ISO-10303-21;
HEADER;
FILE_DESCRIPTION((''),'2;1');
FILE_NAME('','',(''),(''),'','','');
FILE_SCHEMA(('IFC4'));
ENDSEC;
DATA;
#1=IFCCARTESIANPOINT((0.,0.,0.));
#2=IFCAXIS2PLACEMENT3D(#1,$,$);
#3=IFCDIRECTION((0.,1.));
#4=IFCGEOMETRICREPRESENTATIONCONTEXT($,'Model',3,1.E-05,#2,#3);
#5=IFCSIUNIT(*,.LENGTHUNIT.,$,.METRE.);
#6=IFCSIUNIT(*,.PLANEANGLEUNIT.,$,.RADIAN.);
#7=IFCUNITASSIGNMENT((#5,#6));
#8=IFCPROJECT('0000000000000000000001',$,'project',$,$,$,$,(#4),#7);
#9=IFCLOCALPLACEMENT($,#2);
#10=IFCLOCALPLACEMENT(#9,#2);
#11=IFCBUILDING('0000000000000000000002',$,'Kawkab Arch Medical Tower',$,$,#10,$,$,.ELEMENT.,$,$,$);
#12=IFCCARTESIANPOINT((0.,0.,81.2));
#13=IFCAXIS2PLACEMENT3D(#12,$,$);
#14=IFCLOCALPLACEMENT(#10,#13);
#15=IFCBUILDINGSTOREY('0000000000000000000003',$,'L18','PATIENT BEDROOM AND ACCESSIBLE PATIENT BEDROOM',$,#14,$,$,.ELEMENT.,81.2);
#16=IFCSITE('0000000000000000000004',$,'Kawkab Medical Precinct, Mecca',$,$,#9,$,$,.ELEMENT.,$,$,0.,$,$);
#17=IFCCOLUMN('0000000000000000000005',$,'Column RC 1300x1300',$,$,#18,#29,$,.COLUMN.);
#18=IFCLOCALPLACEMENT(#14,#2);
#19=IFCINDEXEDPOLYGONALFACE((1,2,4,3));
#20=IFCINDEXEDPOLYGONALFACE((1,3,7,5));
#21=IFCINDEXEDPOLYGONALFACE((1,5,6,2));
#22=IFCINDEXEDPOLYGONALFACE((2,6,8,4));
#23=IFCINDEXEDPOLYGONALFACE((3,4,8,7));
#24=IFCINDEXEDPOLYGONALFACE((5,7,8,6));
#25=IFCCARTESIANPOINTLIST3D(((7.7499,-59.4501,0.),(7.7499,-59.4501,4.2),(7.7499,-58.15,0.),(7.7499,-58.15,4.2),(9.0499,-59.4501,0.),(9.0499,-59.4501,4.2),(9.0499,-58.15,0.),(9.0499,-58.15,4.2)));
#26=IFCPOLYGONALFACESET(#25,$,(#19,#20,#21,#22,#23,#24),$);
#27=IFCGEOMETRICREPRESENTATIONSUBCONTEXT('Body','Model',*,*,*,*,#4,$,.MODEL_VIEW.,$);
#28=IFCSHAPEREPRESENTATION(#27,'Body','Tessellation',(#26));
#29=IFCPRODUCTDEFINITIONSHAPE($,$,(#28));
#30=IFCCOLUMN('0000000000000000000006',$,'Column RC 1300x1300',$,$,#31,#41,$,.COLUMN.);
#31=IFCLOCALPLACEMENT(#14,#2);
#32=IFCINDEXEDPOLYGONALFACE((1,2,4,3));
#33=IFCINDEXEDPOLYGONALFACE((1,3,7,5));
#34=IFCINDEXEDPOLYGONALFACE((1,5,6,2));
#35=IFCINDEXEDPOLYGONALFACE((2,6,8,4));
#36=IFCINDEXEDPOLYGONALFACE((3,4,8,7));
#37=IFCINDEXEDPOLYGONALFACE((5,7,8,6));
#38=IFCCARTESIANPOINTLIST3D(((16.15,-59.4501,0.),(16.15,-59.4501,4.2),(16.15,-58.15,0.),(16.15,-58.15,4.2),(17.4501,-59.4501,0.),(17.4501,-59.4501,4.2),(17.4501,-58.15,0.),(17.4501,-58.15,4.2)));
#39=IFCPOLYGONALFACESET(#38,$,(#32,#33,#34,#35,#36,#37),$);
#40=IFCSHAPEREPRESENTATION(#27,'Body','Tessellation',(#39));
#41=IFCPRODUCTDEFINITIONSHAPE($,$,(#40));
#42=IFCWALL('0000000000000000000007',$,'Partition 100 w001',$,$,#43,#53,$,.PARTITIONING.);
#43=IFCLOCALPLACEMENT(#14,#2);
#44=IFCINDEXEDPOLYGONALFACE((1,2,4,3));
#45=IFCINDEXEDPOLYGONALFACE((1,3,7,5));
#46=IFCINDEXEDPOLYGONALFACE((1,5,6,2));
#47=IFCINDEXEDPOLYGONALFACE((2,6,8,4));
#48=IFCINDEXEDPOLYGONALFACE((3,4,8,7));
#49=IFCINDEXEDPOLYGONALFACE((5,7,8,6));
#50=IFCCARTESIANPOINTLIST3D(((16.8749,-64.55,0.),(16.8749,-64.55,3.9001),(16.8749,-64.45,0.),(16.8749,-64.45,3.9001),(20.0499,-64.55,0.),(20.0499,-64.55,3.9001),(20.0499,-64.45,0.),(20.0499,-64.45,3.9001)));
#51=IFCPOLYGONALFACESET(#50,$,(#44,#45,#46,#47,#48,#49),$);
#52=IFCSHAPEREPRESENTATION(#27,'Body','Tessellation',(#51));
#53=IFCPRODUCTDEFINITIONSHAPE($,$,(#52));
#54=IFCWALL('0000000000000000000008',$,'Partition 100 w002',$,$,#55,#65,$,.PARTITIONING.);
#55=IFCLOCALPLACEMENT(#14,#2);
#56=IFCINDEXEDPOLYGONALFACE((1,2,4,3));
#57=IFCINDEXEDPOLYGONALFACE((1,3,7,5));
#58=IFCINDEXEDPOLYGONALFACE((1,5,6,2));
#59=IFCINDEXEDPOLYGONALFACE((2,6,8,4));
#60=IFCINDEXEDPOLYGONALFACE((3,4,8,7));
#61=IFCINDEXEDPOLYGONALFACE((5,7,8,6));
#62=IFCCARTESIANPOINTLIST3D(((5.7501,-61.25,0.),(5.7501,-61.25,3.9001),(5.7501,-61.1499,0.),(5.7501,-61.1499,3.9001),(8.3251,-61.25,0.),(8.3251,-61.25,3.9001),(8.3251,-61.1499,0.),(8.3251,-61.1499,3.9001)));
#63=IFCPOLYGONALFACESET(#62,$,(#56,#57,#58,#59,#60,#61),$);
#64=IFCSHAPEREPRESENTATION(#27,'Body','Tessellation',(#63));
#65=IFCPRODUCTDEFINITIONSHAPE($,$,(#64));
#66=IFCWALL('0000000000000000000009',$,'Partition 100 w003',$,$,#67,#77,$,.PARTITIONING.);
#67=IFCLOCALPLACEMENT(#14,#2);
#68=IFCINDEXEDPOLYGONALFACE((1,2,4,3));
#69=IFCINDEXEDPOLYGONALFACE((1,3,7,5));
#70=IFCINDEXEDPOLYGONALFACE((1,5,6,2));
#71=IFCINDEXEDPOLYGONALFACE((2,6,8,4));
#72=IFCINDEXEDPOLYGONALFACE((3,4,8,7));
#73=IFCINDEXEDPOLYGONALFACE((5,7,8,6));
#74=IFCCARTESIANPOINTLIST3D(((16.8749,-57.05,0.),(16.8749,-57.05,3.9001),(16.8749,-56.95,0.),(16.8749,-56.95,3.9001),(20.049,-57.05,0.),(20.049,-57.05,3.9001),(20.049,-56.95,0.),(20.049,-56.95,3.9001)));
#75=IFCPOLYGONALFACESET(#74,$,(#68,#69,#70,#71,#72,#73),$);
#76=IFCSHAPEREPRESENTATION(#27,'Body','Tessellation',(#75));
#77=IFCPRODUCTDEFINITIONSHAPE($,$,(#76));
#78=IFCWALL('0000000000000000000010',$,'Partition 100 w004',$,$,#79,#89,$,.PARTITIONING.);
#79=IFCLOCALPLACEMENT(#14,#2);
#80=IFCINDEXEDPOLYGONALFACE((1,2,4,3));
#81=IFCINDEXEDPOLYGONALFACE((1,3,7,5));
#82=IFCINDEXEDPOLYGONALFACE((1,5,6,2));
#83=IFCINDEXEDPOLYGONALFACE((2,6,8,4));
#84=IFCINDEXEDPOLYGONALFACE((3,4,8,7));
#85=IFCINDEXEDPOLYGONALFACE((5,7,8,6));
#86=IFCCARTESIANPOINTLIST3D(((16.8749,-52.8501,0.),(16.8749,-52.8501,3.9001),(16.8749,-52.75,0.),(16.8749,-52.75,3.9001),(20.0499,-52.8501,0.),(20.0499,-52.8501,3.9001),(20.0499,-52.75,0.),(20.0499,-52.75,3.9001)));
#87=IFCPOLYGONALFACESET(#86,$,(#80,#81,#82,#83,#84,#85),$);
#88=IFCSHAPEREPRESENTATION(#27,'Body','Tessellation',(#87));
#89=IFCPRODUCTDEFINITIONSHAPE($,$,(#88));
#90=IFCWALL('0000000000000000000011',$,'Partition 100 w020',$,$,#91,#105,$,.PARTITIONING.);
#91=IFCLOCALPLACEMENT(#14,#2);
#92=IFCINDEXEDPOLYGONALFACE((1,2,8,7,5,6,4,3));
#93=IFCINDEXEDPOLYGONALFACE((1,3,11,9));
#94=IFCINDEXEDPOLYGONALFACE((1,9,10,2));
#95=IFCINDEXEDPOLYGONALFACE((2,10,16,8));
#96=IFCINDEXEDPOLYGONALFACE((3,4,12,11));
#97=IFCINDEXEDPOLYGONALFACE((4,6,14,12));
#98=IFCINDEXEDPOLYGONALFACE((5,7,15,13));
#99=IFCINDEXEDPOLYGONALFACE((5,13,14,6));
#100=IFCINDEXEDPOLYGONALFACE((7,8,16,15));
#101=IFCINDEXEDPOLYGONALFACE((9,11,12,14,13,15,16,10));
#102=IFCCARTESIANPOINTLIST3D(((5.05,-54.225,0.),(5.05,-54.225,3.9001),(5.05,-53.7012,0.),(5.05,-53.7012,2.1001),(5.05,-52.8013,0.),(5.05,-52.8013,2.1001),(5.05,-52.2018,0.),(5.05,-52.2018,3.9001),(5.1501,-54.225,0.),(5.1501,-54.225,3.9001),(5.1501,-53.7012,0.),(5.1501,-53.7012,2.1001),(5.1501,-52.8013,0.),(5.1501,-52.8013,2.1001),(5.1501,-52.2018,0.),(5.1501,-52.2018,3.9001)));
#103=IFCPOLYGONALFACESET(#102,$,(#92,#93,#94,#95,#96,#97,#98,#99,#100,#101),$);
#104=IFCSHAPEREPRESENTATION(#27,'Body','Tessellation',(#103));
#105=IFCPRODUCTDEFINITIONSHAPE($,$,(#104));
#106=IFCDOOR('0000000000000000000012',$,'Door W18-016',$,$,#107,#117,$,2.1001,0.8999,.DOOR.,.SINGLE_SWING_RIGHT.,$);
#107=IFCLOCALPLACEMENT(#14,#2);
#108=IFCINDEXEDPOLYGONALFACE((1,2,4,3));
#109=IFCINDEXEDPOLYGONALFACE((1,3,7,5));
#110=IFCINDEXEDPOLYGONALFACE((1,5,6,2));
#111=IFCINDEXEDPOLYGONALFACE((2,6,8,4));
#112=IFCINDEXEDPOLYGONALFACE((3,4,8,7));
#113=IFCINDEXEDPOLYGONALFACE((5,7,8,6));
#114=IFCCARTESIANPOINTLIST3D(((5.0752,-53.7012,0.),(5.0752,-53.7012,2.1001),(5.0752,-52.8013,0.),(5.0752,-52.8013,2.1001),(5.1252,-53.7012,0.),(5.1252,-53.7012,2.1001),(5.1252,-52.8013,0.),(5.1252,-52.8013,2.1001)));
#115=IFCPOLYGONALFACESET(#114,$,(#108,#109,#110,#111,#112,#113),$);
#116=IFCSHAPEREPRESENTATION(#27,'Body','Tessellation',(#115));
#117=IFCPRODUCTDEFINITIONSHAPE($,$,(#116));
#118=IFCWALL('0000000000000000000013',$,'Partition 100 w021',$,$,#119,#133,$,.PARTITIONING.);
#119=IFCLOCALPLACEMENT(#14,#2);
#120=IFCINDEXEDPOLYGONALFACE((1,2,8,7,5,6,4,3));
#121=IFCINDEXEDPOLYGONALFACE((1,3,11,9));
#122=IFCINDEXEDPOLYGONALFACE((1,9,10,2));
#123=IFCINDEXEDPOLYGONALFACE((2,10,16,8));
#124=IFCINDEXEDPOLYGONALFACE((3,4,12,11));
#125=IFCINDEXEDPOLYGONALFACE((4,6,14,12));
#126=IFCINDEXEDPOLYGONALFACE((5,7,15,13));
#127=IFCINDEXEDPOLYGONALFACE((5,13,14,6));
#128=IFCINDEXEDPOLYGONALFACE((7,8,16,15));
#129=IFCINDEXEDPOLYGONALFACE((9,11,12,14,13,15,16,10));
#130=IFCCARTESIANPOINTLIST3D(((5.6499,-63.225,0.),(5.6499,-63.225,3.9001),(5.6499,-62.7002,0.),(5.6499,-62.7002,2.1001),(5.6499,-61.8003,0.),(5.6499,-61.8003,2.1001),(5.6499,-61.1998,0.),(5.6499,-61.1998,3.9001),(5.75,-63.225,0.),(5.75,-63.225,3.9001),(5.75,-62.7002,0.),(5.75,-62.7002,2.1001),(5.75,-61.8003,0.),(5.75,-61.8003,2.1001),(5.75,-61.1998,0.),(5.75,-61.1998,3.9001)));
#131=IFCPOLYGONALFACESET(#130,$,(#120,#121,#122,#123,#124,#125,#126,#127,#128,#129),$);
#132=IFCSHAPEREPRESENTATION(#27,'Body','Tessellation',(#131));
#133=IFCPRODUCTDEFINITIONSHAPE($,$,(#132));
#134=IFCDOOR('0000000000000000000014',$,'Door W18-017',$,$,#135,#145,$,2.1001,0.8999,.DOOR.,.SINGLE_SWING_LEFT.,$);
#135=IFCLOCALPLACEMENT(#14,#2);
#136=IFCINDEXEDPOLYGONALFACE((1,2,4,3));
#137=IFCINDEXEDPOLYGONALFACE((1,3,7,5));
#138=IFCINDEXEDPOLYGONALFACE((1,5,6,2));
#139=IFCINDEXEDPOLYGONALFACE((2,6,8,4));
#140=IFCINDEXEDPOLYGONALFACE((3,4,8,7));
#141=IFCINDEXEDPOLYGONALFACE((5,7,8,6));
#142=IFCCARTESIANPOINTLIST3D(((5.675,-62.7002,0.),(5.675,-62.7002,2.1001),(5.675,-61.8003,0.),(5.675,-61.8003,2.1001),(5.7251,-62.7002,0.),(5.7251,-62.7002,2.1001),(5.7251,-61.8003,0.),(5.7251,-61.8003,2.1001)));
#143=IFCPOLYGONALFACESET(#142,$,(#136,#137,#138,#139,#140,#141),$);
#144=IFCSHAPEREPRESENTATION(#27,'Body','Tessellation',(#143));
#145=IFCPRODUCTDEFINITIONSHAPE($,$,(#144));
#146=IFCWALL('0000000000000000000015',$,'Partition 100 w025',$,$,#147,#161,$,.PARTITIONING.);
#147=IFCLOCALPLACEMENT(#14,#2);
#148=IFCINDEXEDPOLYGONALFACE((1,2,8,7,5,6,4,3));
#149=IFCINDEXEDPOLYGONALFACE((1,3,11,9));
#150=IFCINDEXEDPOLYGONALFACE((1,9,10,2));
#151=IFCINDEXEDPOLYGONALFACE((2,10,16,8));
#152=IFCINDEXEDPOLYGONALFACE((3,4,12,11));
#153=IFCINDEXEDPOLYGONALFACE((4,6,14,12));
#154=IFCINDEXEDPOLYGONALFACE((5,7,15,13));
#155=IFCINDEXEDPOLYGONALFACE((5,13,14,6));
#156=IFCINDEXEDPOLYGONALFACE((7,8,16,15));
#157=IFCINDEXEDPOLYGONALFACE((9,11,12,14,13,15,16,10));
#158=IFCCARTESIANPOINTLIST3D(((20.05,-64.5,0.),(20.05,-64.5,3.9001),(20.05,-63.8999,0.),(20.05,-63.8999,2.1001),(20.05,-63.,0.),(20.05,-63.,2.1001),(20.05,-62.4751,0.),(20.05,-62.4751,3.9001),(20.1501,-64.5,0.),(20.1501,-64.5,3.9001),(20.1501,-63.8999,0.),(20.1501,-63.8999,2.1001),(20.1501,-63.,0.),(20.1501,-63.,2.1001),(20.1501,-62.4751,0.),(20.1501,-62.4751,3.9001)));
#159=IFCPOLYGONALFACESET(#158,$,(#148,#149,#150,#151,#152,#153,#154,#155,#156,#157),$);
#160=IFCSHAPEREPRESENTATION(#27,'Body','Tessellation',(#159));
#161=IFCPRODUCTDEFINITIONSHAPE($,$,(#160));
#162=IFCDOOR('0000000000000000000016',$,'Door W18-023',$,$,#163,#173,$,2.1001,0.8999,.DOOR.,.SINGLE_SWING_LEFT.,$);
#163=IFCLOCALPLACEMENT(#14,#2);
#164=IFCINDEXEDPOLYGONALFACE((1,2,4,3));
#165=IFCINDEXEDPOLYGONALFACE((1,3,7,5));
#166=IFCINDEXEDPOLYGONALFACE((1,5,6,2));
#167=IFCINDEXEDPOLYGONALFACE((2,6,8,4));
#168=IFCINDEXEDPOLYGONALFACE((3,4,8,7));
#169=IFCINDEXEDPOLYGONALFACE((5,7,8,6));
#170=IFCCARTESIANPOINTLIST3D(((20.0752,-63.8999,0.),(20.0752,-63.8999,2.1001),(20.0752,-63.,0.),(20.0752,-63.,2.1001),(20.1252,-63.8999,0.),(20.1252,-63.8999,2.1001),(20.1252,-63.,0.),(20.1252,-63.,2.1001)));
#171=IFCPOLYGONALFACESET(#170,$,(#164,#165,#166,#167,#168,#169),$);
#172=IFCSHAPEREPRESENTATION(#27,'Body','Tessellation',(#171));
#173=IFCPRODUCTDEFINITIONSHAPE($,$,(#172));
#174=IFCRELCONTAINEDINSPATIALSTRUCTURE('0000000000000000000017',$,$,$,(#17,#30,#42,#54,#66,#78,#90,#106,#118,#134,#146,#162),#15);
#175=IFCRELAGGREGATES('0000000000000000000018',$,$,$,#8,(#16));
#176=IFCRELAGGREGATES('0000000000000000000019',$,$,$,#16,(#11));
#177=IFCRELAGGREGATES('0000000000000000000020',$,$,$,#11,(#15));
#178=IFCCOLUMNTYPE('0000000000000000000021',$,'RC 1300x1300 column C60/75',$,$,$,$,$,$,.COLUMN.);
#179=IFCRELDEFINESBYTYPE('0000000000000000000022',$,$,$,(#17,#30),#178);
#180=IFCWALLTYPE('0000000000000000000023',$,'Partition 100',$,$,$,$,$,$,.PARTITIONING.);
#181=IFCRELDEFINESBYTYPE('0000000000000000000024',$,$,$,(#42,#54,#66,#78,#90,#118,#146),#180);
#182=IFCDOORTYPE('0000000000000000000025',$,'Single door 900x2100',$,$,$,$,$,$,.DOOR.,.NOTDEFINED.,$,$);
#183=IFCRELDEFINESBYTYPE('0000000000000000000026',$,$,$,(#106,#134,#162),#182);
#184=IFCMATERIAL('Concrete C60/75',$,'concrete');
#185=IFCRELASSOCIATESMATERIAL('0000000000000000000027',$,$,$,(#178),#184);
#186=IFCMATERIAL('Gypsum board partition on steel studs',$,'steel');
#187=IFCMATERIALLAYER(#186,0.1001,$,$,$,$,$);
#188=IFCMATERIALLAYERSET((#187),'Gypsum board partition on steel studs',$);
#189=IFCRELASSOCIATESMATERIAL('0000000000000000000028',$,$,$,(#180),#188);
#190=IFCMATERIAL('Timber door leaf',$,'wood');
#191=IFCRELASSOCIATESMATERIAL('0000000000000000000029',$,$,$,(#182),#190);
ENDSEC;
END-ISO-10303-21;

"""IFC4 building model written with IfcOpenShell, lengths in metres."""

from ifc_helpers import new_model, si_unit, direction, frame, frame_2d, origin, origin_2d, place, context, subcontext, project, spatial, rectangle, extrude, material, layer, layer_set, material_profile, profile_set, type_object, element, fill, save


model = new_model("IFC4")

# Units and contexts
model_context = context("Model", 3, precision=1e-05, world=origin(), true_north=direction((0.0, 1.0)))
body_context = subcontext(model_context, "Body", "Model", "MODEL_VIEW")
ifc_project = project(units=[si_unit("LENGTHUNIT", "METRE"), si_unit("PLANEANGLEUNIT", "RADIAN")], contexts=[model_context])

# Site, building, storey
site_placement = place(None, origin())
site = spatial("IfcSite", under=ifc_project, at=site_placement, Name="Kawkab Medical Precinct, Mecca", CompositionType="ELEMENT", RefElevation=0.0)
building_placement = place(site_placement, origin())
building = spatial("IfcBuilding", under=site, at=building_placement, Name="Kawkab Arch Medical Tower", CompositionType="ELEMENT")
storey_placement = place(building_placement, frame((0.0, 0.0, 81.2)))
storey = spatial("IfcBuildingStorey", under=building, at=storey_placement, Name="L18", Description="PATIENT BEDROOM AND ACCESSIBLE PATIENT BEDROOM", CompositionType="ELEMENT", Elevation=81.2)

# Columns
ifc_material_1 = material(Name="Concrete C60/75", Category="concrete")
ifc_material_profile = material_profile(ifc_material_1, rectangle(XDim=1.3, YDim=1.3, at=origin_2d()), Name="RC 1300x1300")
ifc_profile_set = profile_set([ifc_material_profile], Name="Concrete C60/75")
column_type = type_object("IfcColumnType", Name="RC 1300x1300 column C60/75", PredefinedType="COLUMN", material=ifc_profile_set)
for number, where, z_axis, x_axis, name in (
    (1, (8.3999, -58.8, 0.0), (0.0, 0.0, 1.0), (1.0, 0.0, 0.0), "Column RC 1300x1300"),
    (2, (16.8, -58.8, 0.0), (0.0, 0.0, 1.0), (1.0, 0.0, 0.0), "Column RC 1300x1300"),
):
    element("IfcColumn", number, at=place(storey_placement, frame(where, z_axis=z_axis, x_axis=x_axis)), inside=storey, type_object=column_type, Name=name, PredefinedType="COLUMN", context=body_context, shape_type="SweptSolid", body=[
        extrude(rectangle(XDim=1.3, YDim=1.3, at=origin_2d()), origin(), (0.0, 0.0, 1.0), 4.2),
    ])

# Walls
ifc_material_2 = material(Name="Gypsum board partition on steel studs", Category="steel")
ifc_layer_1 = layer(ifc_material_2, 0.1001)
ifc_layer_set_1 = layer_set([ifc_layer_1], Name="Gypsum board partition on steel studs")
wall_type_1 = type_object("IfcWallType", Name="Partition 100", PredefinedType="PARTITIONING", material=ifc_layer_set_1)
wall_1_placement = place(storey_placement, frame((16.875, -64.5, 0.0), z_axis=(0.0, 0.0, 1.0), x_axis=(1.0, 0.0, 0.0)))
element("IfcWall", 3, at=wall_1_placement, inside=storey, type_object=wall_type_1, Name="Partition 100 w001", PredefinedType="PARTITIONING", context=body_context, shape_type="SweptSolid", body=[
    extrude(rectangle(XDim=3.175, YDim=0.1001, at=frame_2d((1.5874, 0.0))), origin(), (0.0, 0.0, 1.0), 3.9001),
])
wall_2_placement = place(storey_placement, frame((5.75, -61.2, 0.0), z_axis=(0.0, 0.0, 1.0), x_axis=(1.0, 0.0, 0.0)))
element("IfcWall", 4, at=wall_2_placement, inside=storey, type_object=wall_type_1, Name="Partition 100 w002", PredefinedType="PARTITIONING", context=body_context, shape_type="SweptSolid", body=[
    extrude(rectangle(XDim=2.575, YDim=0.1001, at=frame_2d((1.2876, 0.0))), origin(), (0.0, 0.0, 1.0), 3.9001),
])
wall_3_placement = place(storey_placement, frame((16.875, -57.0, 0.0), z_axis=(0.0, 0.0, 1.0), x_axis=(1.0, 0.0, 0.0)))
element("IfcWall", 5, at=wall_3_placement, inside=storey, type_object=wall_type_1, Name="Partition 100 w003", PredefinedType="PARTITIONING", context=body_context, shape_type="SweptSolid", body=[
    extrude(rectangle(XDim=3.1741, YDim=0.1001, at=frame_2d((1.5869, 0.0))), origin(), (0.0, 0.0, 1.0), 3.9001),
])
wall_4_placement = place(storey_placement, frame((16.875, -52.8, 0.0), z_axis=(0.0, 0.0, 1.0), x_axis=(1.0, 0.0, 0.0)))
element("IfcWall", 6, at=wall_4_placement, inside=storey, type_object=wall_type_1, Name="Partition 100 w004", PredefinedType="PARTITIONING", context=body_context, shape_type="SweptSolid", body=[
    extrude(rectangle(XDim=3.175, YDim=0.1001, at=frame_2d((1.5874, 0.0))), origin(), (0.0, 0.0, 1.0), 3.9001),
])

# Walls, openings, doors
wall_5_placement = place(storey_placement, frame((5.1001, -54.2251, 0.0), z_axis=(0.0, 0.0, 1.0), x_axis=(0.0, 1.0, 0.0)))
wall_5 = element("IfcWall", 7, at=wall_5_placement, inside=storey, type_object=wall_type_1, Name="Partition 100 w020", PredefinedType="PARTITIONING", context=body_context, shape_type="SweptSolid", body=[
    extrude(rectangle(XDim=2.0232, YDim=0.1001, at=frame_2d((1.0117, 0.0))), origin(), (0.0, 0.0, 1.0), 3.9001),
])
opening_1_placement = place(wall_5_placement, frame((0.5239, 0.0, 0.0)))
opening_1 = element("IfcOpeningElement", 8, at=opening_1_placement, cuts=wall_5, PredefinedType="OPENING", context=body_context, shape_type="SweptSolid", body=[
    extrude(rectangle(XDim=0.8999, YDim=2.1001, at=frame_2d((0.45, 1.05))), frame((0.0, 0.0601, 0.0), z_axis=(0.0, -1.0, 0.0), x_axis=(1.0, 0.0, 0.0)), (0.0, 0.0, 1.0), 0.1201),
])
ifc_material_3 = material(Name="Timber door leaf", Category="wood")
door_type_1 = type_object("IfcDoorType", Name="Single door 900x2100", OperationType="NOTDEFINED", PredefinedType="DOOR", material=ifc_material_3)
door_1_placement = place(opening_1_placement, origin())
door_1 = element("IfcDoor", 9, at=door_1_placement, inside=storey, type_object=door_type_1, Name="Door W18-016", OperationType="SINGLE_SWING_RIGHT", OverallHeight=2.1001, OverallWidth=0.8999, PredefinedType="DOOR", context=body_context, shape_type="SweptSolid", body=[
    extrude(rectangle(XDim=0.8999, YDim=2.1001, at=frame_2d((0.45, 1.05))), frame((0.0, 0.0249, 0.0), z_axis=(0.0, -1.0, 0.0), x_axis=(1.0, 0.0, 0.0)), (0.0, 0.0, 1.0), 0.05),
])
fill(opening_1, door_1)
wall_6_placement = place(storey_placement, frame((5.7, -63.2251, 0.0), z_axis=(0.0, 0.0, 1.0), x_axis=(0.0, 1.0, 0.0)))
wall_6 = element("IfcWall", 10, at=wall_6_placement, inside=storey, type_object=wall_type_1, Name="Partition 100 w021", PredefinedType="PARTITIONING", context=body_context, shape_type="SweptSolid", body=[
    extrude(rectangle(XDim=2.0251, YDim=0.1001, at=frame_2d((1.0127, 0.0))), origin(), (0.0, 0.0, 1.0), 3.9001),
])
opening_2_placement = place(wall_6_placement, frame((0.5249, 0.0, 0.0)))
opening_2 = element("IfcOpeningElement", 11, at=opening_2_placement, cuts=wall_6, PredefinedType="OPENING", context=body_context, shape_type="SweptSolid", body=[
    extrude(rectangle(XDim=0.8999, YDim=2.1001, at=frame_2d((0.45, 1.05))), frame((0.0, 0.0601, 0.0), z_axis=(0.0, -1.0, 0.0), x_axis=(1.0, 0.0, 0.0)), (0.0, 0.0, 1.0), 0.1201),
])
door_2_placement = place(opening_2_placement, origin())
door_2 = element("IfcDoor", 12, at=door_2_placement, inside=storey, type_object=door_type_1, Name="Door W18-017", OperationType="SINGLE_SWING_LEFT", OverallHeight=2.1001, OverallWidth=0.8999, PredefinedType="DOOR", context=body_context, shape_type="SweptSolid", body=[
    extrude(rectangle(XDim=0.8999, YDim=2.1001, at=frame_2d((0.45, 1.05))), frame((0.0, 0.0249, 0.0), z_axis=(0.0, -1.0, 0.0), x_axis=(1.0, 0.0, 0.0)), (0.0, 0.0, 1.0), 0.05),
])
fill(opening_2, door_2)
wall_7_placement = place(storey_placement, frame((20.1001, -64.5, 0.0), z_axis=(0.0, 0.0, 1.0), x_axis=(0.0, 1.0, 0.0)))
wall_7 = element("IfcWall", 13, at=wall_7_placement, inside=storey, type_object=wall_type_1, Name="Partition 100 w025", PredefinedType="PARTITIONING", context=body_context, shape_type="SweptSolid", body=[
    extrude(rectangle(XDim=2.0249, YDim=0.1001, at=frame_2d((1.0125, 0.0))), origin(), (0.0, 0.0, 1.0), 3.9001),
])
opening_3_placement = place(wall_7_placement, frame((0.6001, 0.0, 0.0)))
opening_3 = element("IfcOpeningElement", 14, at=opening_3_placement, cuts=wall_7, PredefinedType="OPENING", context=body_context, shape_type="SweptSolid", body=[
    extrude(rectangle(XDim=0.8999, YDim=2.1001, at=frame_2d((0.45, 1.05))), frame((0.0, 0.0601, 0.0), z_axis=(0.0, -1.0, 0.0), x_axis=(1.0, 0.0, 0.0)), (0.0, 0.0, 1.0), 0.1201),
])
door_3_placement = place(opening_3_placement, origin())
door_3 = element("IfcDoor", 15, at=door_3_placement, inside=storey, type_object=door_type_1, Name="Door W18-023", OperationType="SINGLE_SWING_LEFT", OverallHeight=2.1001, OverallWidth=0.8999, PredefinedType="DOOR", context=body_context, shape_type="SweptSolid", body=[
    extrude(rectangle(XDim=0.8999, YDim=2.1001, at=frame_2d((0.45, 1.05))), frame((0.0, 0.0249, 0.0), z_axis=(0.0, -1.0, 0.0), x_axis=(1.0, 0.0, 0.0)), (0.0, 0.0, 1.0), 0.05),
])
fill(opening_3, door_3)

save(model, "model.ifc")
